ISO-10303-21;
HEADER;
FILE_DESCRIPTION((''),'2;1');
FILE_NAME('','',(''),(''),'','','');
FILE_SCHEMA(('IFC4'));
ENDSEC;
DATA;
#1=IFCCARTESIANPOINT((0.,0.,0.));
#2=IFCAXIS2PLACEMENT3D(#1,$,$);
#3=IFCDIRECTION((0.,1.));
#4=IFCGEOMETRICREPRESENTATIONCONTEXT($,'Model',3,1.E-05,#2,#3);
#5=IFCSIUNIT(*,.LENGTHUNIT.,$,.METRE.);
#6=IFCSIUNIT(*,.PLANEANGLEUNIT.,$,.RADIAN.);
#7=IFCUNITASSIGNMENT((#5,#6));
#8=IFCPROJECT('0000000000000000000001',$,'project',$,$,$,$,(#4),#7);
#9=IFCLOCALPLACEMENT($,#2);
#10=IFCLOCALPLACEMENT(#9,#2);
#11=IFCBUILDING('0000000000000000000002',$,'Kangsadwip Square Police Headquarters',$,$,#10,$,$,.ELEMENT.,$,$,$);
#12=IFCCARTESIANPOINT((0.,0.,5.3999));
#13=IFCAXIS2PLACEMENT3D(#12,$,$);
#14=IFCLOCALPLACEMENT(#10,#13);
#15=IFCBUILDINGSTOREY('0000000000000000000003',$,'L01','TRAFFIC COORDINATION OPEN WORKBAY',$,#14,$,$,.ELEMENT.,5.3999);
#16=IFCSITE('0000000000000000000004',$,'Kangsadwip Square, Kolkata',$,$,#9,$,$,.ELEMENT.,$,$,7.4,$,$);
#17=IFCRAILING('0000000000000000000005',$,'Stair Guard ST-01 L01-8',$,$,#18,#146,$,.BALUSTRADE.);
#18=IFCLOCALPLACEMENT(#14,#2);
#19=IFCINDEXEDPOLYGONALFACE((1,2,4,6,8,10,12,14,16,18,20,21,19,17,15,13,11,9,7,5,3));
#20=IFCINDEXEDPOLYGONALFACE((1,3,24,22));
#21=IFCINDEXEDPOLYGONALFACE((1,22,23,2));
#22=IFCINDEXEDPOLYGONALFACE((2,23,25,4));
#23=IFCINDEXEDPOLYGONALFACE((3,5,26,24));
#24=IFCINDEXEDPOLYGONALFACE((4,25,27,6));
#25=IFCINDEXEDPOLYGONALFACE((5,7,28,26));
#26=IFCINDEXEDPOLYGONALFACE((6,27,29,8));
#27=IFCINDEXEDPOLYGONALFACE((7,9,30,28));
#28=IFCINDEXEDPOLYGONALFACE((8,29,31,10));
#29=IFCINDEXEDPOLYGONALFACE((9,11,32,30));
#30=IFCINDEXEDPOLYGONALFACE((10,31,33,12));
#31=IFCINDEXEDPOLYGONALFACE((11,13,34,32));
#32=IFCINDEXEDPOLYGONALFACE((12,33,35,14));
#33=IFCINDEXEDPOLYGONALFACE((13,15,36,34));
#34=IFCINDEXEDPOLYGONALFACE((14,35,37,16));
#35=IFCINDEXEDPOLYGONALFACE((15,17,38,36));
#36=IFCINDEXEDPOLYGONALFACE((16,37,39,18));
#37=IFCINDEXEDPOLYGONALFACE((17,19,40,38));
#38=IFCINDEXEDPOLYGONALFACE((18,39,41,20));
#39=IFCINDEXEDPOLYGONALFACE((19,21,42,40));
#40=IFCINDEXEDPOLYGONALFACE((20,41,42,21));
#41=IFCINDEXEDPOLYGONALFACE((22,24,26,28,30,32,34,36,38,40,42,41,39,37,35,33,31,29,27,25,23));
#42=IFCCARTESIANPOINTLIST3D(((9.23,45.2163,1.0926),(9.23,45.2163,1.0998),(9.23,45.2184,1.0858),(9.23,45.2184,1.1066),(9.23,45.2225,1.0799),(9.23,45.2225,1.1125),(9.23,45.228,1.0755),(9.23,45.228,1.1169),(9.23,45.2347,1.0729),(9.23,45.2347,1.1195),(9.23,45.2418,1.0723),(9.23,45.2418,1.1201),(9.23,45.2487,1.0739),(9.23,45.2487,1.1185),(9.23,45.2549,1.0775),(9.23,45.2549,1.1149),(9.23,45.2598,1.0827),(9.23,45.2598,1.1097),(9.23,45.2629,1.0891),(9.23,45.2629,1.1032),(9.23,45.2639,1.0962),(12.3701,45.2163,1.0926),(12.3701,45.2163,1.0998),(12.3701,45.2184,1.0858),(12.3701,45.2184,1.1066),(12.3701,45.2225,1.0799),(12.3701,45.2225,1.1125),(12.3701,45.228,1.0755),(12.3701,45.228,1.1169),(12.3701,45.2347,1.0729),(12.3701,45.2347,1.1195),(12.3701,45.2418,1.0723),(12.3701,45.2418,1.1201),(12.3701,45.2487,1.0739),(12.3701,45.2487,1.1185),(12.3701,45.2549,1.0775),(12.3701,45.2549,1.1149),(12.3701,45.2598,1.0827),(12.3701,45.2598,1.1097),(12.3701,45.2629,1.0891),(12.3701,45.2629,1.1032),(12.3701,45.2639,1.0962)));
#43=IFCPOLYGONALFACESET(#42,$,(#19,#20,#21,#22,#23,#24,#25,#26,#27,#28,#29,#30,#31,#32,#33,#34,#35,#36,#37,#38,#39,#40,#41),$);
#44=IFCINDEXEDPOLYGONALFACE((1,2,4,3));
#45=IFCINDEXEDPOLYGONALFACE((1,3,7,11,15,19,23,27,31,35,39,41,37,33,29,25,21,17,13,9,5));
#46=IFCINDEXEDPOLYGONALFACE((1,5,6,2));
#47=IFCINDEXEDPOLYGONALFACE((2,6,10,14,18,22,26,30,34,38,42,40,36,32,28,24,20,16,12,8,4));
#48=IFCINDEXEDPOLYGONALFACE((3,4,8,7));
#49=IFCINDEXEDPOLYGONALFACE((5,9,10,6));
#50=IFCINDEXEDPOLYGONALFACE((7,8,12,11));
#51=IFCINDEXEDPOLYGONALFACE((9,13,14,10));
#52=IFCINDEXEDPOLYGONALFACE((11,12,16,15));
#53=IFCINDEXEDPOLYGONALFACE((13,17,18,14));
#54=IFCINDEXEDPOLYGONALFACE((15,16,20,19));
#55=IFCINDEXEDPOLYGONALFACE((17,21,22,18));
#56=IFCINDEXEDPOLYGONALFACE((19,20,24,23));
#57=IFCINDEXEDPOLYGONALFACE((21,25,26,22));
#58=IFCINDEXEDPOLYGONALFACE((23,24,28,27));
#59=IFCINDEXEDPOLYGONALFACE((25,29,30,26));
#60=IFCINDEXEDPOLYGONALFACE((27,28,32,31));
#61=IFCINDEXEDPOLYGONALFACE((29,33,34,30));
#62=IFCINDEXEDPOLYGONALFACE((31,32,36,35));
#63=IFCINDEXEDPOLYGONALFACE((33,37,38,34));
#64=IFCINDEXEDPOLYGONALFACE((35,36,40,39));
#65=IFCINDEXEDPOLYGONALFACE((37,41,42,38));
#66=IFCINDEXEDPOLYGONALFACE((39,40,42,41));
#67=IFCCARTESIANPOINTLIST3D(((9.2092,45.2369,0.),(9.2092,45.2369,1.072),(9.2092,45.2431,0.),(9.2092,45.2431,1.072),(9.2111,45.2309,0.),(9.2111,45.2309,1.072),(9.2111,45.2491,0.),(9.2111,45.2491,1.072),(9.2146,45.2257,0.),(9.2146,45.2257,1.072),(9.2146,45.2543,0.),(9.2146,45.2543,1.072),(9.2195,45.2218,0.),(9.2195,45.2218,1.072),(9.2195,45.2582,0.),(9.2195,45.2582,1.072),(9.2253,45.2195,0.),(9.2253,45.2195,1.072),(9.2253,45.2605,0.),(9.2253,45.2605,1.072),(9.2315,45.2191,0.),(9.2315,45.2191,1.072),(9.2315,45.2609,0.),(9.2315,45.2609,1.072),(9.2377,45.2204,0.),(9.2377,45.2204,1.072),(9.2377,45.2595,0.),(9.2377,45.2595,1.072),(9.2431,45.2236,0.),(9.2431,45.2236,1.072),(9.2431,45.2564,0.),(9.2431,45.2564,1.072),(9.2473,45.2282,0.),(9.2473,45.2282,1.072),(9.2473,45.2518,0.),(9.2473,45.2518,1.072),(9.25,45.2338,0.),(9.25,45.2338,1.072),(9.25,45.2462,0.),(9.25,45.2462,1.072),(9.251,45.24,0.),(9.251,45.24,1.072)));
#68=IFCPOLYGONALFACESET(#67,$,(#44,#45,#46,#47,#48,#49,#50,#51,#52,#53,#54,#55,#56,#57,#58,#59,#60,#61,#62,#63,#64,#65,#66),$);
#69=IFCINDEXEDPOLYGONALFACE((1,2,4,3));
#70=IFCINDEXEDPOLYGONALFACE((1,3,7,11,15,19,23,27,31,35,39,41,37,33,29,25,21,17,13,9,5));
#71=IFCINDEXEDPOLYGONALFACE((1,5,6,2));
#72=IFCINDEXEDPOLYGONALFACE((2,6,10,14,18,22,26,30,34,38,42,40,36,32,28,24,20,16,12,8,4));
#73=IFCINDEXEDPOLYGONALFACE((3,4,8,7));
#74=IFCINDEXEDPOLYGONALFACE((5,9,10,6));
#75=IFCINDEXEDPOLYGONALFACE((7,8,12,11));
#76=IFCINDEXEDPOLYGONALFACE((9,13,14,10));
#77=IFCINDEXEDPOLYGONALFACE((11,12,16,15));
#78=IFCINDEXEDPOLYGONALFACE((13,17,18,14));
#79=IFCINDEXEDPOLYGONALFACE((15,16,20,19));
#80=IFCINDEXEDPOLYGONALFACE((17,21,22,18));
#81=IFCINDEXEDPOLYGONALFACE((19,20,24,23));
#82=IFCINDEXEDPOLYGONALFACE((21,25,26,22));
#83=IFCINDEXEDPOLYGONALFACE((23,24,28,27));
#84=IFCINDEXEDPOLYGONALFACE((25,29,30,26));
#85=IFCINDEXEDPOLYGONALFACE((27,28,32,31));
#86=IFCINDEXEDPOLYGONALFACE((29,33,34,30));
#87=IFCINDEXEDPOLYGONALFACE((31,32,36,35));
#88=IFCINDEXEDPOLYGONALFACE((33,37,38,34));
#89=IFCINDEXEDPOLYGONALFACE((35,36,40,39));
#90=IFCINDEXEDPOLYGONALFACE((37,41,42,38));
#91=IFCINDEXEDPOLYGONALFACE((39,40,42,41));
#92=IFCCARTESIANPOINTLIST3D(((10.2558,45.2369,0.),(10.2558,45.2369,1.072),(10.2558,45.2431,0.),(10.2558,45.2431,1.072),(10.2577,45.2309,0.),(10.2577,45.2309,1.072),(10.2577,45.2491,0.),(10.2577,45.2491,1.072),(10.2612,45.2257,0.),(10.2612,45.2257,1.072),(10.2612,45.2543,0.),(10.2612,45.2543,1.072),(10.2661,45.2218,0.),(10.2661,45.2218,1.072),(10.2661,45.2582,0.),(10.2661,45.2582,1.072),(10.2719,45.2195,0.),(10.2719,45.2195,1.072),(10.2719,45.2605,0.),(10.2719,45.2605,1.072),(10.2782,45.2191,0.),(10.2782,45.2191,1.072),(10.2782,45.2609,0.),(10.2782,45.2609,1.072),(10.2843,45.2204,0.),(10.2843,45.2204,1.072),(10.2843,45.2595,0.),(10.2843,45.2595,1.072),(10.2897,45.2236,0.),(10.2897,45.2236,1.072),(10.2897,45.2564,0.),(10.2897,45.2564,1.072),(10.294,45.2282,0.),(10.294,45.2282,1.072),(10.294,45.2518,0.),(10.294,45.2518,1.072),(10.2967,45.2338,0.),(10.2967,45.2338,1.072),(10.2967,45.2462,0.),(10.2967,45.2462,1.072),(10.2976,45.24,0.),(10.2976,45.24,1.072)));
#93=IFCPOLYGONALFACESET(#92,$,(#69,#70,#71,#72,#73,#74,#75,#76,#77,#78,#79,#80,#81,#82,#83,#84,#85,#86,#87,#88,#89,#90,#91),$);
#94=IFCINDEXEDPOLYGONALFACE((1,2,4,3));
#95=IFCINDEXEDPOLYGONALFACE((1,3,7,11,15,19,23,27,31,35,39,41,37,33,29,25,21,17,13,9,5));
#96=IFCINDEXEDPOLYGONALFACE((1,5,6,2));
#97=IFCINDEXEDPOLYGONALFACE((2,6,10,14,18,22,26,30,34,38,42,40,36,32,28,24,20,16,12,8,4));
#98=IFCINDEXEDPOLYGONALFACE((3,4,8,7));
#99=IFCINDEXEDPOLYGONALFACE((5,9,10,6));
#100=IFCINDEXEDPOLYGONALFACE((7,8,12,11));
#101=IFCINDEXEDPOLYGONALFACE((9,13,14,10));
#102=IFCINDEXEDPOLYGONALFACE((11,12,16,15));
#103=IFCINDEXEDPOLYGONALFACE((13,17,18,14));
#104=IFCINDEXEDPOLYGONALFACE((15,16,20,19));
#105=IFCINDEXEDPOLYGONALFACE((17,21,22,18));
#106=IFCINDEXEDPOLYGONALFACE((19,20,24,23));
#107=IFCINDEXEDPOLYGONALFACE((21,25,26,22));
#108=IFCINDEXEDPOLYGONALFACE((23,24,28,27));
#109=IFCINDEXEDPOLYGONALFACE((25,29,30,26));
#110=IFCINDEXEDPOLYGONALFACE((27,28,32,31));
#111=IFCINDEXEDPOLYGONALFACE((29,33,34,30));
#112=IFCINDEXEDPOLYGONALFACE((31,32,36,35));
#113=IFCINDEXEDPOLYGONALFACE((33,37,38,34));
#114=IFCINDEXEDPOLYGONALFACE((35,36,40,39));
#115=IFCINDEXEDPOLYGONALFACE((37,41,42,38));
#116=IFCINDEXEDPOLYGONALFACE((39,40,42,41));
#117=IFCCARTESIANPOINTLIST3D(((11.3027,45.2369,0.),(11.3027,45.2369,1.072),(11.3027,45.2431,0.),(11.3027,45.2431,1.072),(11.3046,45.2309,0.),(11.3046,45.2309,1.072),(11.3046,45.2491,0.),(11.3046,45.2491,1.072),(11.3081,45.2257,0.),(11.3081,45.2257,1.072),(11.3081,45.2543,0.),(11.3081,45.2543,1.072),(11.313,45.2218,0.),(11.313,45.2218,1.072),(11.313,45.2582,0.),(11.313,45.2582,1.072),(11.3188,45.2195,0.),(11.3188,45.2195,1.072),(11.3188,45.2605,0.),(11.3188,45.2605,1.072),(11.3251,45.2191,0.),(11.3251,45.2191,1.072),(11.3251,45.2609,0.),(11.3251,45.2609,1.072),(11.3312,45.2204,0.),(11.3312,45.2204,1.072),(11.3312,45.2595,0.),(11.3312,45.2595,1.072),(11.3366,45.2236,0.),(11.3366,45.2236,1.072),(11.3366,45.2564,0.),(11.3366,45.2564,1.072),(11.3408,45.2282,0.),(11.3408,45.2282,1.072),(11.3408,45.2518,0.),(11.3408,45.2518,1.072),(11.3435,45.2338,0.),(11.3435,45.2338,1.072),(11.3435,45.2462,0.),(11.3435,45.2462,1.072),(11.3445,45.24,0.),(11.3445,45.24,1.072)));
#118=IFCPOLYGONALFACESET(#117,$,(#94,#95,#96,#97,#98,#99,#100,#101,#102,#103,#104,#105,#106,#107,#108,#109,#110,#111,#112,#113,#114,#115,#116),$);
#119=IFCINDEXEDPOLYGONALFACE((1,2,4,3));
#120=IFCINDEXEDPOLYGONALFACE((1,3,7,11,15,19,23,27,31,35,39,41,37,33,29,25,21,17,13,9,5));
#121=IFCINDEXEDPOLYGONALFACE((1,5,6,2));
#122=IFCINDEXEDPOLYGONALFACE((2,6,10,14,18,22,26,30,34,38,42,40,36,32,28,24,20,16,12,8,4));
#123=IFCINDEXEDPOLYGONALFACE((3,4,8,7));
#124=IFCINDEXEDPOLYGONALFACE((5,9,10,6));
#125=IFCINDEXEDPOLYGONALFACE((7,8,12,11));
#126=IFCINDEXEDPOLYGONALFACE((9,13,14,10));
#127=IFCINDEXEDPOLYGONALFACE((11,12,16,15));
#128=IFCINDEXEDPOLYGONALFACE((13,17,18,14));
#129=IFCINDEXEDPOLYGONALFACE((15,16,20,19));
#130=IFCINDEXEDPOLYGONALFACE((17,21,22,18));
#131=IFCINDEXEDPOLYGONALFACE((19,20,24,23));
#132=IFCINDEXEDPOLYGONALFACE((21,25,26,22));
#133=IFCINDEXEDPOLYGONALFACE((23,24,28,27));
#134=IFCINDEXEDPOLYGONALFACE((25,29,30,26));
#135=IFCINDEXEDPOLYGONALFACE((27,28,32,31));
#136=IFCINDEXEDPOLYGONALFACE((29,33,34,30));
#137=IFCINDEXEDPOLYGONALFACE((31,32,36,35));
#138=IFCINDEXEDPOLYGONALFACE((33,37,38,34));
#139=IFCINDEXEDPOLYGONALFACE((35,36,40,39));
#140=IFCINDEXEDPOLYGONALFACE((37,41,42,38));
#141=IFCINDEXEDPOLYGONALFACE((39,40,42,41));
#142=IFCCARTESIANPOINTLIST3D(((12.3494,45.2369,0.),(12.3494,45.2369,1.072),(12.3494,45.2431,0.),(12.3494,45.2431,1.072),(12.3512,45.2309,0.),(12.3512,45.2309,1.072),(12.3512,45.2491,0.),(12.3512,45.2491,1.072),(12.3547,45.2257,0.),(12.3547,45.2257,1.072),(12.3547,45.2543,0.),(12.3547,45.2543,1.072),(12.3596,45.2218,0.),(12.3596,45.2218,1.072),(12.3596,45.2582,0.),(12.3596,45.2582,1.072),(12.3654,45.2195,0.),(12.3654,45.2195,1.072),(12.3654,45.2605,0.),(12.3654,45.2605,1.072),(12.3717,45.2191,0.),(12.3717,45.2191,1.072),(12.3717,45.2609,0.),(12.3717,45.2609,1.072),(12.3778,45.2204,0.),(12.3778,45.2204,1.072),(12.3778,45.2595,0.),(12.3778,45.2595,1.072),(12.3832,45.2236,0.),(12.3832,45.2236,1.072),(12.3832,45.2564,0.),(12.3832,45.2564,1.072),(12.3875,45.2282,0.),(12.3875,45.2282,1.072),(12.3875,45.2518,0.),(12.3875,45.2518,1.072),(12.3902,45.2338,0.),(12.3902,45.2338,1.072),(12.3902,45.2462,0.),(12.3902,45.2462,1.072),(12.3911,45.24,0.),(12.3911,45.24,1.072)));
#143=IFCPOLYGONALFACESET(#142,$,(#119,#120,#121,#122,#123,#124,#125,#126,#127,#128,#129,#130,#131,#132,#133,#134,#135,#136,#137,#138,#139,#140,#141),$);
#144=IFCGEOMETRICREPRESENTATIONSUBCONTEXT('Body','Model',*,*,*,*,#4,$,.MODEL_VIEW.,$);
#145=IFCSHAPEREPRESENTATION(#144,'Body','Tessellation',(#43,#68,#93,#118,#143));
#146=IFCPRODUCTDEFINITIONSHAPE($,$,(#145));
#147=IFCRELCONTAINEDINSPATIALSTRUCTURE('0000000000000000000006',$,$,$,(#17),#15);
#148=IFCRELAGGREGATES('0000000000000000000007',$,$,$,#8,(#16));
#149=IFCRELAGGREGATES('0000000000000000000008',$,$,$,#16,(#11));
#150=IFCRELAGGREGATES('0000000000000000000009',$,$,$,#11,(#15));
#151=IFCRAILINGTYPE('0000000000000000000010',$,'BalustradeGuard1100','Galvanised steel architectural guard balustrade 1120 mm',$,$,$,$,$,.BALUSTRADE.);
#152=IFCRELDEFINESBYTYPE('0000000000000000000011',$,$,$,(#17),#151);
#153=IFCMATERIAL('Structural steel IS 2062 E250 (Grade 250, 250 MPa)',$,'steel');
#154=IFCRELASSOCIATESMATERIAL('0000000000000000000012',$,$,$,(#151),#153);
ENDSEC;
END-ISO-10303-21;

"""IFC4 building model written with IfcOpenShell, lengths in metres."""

from ifc_helpers import new_model, si_unit, direction, frame, origin, origin_2d, place, context, subcontext, project, spatial, circle, extrude, material, type_object, element, save


model = new_model("IFC4")

# Units and contexts
model_context = context("Model", 3, precision=1e-05, world=origin(), true_north=direction((0.0, 1.0)))
body_context = subcontext(model_context, "Body", "Model", "MODEL_VIEW")
ifc_project = project(units=[si_unit("LENGTHUNIT", "METRE"), si_unit("PLANEANGLEUNIT", "RADIAN")], contexts=[model_context])

# Site, building, storey
site_placement = place(None, origin())
site = spatial("IfcSite", under=ifc_project, at=site_placement, Name="Kangsadwip Square, Kolkata", CompositionType="ELEMENT", RefElevation=7.4)
building_placement = place(site_placement, origin())
building = spatial("IfcBuilding", under=site, at=building_placement, Name="Kangsadwip Square Police Headquarters", CompositionType="ELEMENT")
storey_placement = place(building_placement, frame((0.0, 0.0, 5.3999)))
storey = spatial("IfcBuildingStorey", under=building, at=storey_placement, Name="L01", Description="TRAFFIC COORDINATION OPEN WORKBAY", CompositionType="ELEMENT", Elevation=5.3999)

# Railing
ifc_material_1 = material(Name="Structural steel IS 2062 E250 (Grade 250, 250 MPa)", Category="steel")
railing_type_1 = type_object("IfcRailingType", Name="BalustradeGuard1100", Description="Galvanised steel architectural guard balustrade 1120 mm", PredefinedType="BALUSTRADE", material=ifc_material_1)
for number, where, name in (
    (1, (9.23, 45.24, 0.0), "Stair Guard ST-01 L01-8"),
):
    element("IfcRailing", number, at=place(storey_placement, frame(where)), inside=storey, type_object=railing_type_1, Name=name, PredefinedType="BALUSTRADE", context=body_context, shape_type="SweptSolid", body=[
        extrude(circle(Radius=0.0239, at=origin_2d()), frame((0.0, 0.0, 1.0962), z_axis=(1.0, 0.0, 0.0), x_axis=(0.0, 1.0, 0.0)), (0.0, 0.0, 1.0), 3.1401),
        extrude(circle(Radius=0.021, at=origin_2d()), origin(), (0.0, 0.0, 1.0), 1.072),
        extrude(circle(Radius=0.021, at=origin_2d()), frame((1.0466, 0.0, 0.0)), (0.0, 0.0, 1.0), 1.072),
        extrude(circle(Radius=0.021, at=origin_2d()), frame((2.0935, 0.0, 0.0)), (0.0, 0.0, 1.0), 1.072),
        extrude(circle(Radius=0.021, at=origin_2d()), frame((3.1401, 0.0, 0.0)), (0.0, 0.0, 1.0), 1.072),
    ])

save(model, "model.ifc")
